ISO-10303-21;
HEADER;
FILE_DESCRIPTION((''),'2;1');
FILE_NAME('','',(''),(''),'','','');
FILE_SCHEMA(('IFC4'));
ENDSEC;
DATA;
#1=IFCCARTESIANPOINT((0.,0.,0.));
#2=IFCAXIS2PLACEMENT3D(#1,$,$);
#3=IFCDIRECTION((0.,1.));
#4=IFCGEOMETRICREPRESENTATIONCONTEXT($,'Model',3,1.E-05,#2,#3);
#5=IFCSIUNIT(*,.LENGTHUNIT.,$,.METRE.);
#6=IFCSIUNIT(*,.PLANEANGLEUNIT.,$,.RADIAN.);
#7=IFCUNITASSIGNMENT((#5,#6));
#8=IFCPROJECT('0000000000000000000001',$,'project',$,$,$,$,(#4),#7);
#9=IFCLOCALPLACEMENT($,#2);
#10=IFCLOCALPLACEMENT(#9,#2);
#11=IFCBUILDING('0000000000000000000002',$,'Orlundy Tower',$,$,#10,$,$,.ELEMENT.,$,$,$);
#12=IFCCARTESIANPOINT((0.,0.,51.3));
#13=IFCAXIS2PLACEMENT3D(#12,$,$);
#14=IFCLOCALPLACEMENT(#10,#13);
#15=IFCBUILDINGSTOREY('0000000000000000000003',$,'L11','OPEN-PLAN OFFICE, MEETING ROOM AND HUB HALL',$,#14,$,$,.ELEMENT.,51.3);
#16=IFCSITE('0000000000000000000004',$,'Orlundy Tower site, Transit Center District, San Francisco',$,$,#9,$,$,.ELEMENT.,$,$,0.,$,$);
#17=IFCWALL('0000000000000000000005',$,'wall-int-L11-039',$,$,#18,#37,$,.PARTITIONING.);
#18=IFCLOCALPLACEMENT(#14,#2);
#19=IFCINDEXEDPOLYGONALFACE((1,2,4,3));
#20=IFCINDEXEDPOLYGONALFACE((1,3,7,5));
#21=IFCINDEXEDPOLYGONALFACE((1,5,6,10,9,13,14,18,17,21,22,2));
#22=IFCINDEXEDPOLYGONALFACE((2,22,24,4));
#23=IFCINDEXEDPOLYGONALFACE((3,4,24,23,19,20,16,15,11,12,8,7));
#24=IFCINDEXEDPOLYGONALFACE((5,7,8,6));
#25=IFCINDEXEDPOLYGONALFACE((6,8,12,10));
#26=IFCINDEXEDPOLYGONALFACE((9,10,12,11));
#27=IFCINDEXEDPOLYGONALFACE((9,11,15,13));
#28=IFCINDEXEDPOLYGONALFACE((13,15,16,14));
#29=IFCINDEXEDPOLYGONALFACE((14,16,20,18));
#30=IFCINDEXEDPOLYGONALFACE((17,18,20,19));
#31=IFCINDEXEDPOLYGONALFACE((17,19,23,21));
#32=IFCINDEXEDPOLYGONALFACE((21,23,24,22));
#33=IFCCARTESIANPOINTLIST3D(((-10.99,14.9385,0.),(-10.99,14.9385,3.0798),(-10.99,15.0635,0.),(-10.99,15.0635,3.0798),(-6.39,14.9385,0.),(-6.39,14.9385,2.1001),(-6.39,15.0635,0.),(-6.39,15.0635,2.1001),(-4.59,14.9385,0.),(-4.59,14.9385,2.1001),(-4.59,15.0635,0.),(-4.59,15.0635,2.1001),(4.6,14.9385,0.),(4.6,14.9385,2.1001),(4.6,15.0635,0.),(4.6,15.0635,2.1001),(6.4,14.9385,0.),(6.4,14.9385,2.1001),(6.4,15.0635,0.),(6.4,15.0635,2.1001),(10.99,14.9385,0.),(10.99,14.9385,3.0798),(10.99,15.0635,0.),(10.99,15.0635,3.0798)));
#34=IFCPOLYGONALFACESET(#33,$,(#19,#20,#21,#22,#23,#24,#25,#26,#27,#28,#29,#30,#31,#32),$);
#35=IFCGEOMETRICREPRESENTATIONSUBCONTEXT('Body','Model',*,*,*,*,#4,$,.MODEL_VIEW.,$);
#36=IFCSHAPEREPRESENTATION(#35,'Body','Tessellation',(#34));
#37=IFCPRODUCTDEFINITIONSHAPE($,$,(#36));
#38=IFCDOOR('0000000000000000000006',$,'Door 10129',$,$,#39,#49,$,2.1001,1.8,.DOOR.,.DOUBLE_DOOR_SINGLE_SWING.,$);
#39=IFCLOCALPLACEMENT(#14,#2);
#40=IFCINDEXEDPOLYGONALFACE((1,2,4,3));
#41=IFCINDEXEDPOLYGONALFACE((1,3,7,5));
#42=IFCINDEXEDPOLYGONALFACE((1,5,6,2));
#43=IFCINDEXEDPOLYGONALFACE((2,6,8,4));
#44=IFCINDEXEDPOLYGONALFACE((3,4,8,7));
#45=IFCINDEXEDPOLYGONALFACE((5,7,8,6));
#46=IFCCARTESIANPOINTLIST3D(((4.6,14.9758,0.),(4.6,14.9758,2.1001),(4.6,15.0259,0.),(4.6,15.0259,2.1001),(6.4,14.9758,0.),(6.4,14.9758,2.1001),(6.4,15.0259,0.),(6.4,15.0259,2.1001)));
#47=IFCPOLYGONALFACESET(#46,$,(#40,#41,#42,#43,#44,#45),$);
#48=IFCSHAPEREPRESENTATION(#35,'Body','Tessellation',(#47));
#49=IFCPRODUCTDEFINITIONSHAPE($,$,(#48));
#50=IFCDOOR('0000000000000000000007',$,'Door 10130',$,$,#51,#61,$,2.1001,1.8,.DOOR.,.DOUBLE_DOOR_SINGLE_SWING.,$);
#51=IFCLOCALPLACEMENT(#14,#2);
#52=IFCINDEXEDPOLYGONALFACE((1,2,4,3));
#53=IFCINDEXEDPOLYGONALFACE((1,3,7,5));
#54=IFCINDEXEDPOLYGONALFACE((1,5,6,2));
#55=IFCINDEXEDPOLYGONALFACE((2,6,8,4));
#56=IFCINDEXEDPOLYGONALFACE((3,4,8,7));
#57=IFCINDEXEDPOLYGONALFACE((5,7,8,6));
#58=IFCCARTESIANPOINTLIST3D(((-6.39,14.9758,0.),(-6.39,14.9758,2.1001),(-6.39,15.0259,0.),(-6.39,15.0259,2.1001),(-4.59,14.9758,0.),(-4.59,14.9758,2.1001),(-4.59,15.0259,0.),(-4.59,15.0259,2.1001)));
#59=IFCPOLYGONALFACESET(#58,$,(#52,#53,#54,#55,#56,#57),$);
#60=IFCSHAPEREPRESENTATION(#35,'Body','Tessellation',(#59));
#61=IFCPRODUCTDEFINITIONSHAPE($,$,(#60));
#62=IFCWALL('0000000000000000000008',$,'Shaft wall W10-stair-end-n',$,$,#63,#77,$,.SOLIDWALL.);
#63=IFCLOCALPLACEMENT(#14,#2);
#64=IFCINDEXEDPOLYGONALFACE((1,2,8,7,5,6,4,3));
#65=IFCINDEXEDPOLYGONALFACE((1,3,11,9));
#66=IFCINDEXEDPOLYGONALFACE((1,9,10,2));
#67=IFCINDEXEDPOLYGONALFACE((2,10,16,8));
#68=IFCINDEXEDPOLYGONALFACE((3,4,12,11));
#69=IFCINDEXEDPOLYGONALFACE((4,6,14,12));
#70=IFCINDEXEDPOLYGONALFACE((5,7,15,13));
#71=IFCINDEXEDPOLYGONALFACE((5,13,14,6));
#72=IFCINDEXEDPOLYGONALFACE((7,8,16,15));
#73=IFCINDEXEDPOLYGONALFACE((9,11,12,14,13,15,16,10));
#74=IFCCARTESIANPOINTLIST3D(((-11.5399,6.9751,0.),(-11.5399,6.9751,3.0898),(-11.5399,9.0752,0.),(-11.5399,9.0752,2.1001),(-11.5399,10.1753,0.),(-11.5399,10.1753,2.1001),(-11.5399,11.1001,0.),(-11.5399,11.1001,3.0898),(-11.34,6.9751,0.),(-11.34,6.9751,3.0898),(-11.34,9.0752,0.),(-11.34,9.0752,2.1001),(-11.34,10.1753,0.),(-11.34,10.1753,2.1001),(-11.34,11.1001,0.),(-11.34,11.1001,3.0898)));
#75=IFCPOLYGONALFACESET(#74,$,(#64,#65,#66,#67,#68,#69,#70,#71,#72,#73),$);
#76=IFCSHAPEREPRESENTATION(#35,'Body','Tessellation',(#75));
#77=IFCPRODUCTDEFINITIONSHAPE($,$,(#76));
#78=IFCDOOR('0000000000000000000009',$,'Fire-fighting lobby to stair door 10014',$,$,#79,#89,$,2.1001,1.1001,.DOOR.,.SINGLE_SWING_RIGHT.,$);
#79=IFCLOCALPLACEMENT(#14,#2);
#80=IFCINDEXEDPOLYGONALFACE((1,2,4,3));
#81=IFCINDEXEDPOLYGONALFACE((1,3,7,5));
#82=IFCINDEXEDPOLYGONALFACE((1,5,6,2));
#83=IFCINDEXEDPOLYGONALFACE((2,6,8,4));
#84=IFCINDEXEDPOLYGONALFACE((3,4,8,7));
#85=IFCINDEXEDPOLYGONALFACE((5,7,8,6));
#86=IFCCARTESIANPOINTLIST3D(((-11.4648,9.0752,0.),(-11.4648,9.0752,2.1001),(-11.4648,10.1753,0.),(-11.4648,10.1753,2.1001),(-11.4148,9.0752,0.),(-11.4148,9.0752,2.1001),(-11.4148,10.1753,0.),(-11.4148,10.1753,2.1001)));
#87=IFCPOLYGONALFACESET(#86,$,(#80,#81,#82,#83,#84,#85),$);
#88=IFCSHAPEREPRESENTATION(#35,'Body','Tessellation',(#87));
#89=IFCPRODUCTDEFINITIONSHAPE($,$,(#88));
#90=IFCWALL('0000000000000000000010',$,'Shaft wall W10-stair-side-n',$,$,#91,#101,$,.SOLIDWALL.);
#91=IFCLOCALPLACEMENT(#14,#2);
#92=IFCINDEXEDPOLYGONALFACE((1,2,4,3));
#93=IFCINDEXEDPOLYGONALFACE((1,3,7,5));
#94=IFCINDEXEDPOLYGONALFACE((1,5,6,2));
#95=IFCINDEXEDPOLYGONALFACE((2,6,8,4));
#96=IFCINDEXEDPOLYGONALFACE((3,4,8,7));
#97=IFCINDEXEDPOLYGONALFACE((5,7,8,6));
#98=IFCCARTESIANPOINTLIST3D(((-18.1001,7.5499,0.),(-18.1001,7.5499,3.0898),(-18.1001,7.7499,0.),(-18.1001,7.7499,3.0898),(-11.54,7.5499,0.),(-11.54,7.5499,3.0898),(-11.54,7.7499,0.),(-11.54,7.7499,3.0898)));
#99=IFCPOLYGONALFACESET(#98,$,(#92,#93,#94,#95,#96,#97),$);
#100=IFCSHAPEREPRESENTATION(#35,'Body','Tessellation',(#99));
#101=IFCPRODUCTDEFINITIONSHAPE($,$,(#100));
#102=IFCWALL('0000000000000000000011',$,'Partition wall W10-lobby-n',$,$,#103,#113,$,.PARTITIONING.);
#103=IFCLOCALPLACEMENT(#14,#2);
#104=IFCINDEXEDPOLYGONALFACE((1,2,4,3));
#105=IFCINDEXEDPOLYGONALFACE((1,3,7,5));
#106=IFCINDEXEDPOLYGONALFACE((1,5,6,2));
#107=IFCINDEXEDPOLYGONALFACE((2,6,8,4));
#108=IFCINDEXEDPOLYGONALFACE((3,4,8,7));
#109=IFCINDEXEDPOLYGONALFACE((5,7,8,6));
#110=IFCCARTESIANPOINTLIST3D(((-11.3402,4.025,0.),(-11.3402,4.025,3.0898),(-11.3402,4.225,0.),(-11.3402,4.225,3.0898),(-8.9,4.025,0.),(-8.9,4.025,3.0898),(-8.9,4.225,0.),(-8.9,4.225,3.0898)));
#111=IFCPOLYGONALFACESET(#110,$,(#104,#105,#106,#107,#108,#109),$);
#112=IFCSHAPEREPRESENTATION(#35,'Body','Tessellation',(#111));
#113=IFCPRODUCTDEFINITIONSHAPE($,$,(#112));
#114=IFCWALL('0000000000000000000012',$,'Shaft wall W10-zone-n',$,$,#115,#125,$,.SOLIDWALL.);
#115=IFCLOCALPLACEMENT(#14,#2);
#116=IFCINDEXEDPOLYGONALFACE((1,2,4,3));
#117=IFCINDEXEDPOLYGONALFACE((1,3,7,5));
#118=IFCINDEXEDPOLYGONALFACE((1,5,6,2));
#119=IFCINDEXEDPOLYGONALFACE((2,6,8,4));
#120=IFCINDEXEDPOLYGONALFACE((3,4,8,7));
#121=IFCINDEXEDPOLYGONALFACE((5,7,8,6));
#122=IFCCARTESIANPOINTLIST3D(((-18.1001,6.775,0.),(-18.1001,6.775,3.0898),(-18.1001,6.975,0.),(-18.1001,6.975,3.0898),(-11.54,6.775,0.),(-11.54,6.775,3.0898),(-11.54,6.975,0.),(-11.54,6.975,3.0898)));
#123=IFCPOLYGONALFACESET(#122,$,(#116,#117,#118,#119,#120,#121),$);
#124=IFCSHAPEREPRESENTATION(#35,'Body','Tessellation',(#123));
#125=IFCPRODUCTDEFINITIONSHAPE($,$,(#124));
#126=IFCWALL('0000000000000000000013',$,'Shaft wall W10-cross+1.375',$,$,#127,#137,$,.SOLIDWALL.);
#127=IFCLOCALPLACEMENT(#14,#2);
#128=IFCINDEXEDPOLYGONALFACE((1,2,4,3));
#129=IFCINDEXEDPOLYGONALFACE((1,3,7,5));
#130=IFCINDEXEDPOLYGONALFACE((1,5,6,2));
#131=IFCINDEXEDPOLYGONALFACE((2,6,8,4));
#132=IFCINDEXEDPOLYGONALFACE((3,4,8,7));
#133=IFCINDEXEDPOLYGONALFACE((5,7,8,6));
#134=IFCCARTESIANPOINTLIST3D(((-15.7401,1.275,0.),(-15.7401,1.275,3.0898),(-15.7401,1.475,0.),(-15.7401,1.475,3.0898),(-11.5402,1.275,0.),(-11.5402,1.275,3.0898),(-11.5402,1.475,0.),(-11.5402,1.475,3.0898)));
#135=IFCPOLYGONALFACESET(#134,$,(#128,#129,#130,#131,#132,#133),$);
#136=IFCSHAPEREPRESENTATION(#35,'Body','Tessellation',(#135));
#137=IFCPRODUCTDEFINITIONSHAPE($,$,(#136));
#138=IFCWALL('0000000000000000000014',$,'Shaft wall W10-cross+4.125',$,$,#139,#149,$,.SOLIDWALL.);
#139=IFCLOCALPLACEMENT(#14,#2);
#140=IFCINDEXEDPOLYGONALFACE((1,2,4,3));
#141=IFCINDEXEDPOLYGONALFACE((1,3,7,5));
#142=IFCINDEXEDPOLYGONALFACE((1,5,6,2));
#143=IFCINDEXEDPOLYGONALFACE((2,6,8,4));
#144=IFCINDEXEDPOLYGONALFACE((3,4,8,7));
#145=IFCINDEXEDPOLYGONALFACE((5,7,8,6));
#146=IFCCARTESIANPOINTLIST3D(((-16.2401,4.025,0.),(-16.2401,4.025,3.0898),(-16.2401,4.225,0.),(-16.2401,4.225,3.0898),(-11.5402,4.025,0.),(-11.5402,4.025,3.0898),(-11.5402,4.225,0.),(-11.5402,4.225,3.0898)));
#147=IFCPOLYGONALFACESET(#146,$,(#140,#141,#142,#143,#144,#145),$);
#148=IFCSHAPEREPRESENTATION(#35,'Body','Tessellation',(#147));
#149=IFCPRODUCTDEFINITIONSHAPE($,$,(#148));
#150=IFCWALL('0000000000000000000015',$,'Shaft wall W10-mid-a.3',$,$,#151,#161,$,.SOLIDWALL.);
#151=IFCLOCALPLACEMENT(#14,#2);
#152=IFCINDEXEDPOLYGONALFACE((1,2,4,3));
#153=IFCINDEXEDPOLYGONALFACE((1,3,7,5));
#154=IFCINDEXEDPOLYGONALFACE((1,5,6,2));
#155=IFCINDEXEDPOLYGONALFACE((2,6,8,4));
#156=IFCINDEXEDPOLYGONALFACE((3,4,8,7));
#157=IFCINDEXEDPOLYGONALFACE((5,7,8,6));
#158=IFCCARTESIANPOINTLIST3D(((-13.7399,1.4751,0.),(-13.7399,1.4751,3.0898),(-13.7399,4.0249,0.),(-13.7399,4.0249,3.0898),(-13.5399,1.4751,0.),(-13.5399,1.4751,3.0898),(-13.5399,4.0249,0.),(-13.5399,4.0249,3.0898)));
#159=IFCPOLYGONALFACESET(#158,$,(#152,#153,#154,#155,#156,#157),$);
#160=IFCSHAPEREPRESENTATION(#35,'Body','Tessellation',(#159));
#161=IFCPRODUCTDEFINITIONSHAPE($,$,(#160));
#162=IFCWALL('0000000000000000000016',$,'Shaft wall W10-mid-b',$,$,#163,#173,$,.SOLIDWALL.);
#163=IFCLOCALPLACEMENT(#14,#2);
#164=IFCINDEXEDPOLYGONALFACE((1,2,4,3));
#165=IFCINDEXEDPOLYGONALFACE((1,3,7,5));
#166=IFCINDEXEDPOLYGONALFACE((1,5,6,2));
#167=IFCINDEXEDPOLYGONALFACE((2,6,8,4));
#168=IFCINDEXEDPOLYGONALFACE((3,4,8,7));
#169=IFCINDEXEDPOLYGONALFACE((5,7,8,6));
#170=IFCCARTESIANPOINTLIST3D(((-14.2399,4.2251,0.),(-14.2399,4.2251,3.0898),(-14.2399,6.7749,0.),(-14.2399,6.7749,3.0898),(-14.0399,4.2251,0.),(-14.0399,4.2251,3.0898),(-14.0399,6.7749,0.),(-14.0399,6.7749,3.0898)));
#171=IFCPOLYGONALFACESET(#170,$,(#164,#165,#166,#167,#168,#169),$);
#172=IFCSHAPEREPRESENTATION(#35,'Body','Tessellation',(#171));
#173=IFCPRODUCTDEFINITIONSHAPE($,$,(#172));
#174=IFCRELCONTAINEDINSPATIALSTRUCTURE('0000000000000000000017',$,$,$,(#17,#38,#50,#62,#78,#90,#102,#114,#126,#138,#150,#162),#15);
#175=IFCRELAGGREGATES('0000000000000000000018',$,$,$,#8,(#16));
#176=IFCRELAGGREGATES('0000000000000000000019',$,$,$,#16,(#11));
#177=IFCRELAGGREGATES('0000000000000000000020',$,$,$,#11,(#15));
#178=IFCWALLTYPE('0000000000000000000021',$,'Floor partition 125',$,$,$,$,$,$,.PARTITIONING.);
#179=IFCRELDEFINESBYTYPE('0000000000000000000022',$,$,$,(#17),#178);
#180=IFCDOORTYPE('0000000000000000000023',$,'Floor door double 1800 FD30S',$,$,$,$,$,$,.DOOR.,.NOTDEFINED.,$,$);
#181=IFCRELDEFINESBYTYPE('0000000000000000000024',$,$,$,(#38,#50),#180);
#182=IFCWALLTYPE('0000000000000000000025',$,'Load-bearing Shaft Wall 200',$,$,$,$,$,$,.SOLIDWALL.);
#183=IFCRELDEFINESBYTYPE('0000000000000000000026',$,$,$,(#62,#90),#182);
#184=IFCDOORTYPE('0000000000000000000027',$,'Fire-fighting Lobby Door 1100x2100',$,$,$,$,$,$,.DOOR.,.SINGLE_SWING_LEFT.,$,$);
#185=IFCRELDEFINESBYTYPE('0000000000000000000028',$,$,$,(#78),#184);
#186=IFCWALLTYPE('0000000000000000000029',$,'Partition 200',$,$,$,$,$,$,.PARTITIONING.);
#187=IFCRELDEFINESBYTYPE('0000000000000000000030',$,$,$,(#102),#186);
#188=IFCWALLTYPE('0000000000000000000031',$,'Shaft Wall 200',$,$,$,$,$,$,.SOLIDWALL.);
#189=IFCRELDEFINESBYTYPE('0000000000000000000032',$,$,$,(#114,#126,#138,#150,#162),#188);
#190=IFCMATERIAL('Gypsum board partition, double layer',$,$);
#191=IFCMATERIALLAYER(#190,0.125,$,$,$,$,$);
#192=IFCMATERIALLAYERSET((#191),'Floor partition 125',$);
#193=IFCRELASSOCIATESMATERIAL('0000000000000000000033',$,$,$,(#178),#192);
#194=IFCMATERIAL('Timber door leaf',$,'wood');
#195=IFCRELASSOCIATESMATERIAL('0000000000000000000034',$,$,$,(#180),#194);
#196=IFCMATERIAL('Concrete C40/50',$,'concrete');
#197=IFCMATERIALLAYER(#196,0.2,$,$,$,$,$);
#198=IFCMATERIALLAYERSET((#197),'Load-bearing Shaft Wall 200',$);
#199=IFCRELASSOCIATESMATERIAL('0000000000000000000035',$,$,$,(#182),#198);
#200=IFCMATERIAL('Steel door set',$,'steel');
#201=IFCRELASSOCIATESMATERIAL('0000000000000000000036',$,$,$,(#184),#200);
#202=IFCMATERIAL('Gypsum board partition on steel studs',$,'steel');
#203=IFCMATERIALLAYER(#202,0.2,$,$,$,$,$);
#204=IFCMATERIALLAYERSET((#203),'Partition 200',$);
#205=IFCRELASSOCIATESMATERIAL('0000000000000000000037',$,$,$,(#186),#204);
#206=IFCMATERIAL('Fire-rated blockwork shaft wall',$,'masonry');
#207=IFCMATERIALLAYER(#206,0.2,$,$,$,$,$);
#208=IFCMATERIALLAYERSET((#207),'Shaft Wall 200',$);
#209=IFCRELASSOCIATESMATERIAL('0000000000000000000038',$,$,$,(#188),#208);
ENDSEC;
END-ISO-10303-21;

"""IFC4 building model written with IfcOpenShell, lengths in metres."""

from ifc_helpers import new_model, si_unit, direction, frame, frame_2d, origin, place, context, subcontext, project, spatial, rectangle, extrude, material, layer, layer_set, type_object, element, fill, save


model = new_model("IFC4")

# Units and contexts
model_context = context("Model", 3, precision=1e-05, world=origin(), true_north=direction((0.0, 1.0)))
body_context = subcontext(model_context, "Body", "Model", "MODEL_VIEW")
ifc_project = project(units=[si_unit("LENGTHUNIT", "METRE"), si_unit("PLANEANGLEUNIT", "RADIAN")], contexts=[model_context])

# Site, building, storey
site_placement = place(None, origin())
site = spatial("IfcSite", under=ifc_project, at=site_placement, Name="Orlundy Tower site, Transit Center District, San Francisco", CompositionType="ELEMENT", RefElevation=0.0)
building_placement = place(site_placement, origin())
building = spatial("IfcBuilding", under=site, at=building_placement, Name="Orlundy Tower", CompositionType="ELEMENT")
storey_placement = place(building_placement, frame((0.0, 0.0, 51.3)))
storey = spatial("IfcBuildingStorey", under=building, at=storey_placement, Name="L11", Description="OPEN-PLAN OFFICE, MEETING ROOM AND HUB HALL", CompositionType="ELEMENT", Elevation=51.3)

# Wall, openings, doors
ifc_material_1 = material(Name="Gypsum board partition, double layer")
ifc_layer_1 = layer(ifc_material_1, 0.125)
ifc_layer_set_1 = layer_set([ifc_layer_1], Name="Floor partition 125")
wall_type_1 = type_object("IfcWallType", Name="Floor partition 125", PredefinedType="PARTITIONING", material=ifc_layer_set_1)
wall_1_placement = place(storey_placement, frame((-10.99, 15.001, 0.0), z_axis=(0.0, 0.0, 1.0), x_axis=(1.0, 0.0, 0.0)))
wall_1 = element("IfcWall", 1, at=wall_1_placement, inside=storey, type_object=wall_type_1, Name="wall-int-L11-039", PredefinedType="PARTITIONING", context=body_context, shape_type="SweptSolid", body=[
    extrude(rectangle(XDim=21.98, YDim=0.125, at=frame_2d((10.99, 0.0))), origin(), (0.0, 0.0, 1.0), 3.0798),
])
opening_1_placement = place(wall_1_placement, frame((15.5901, 0.0, 0.0)))
opening_1 = element("IfcOpeningElement", 2, at=opening_1_placement, cuts=wall_1, PredefinedType="OPENING", context=body_context, shape_type="SweptSolid", body=[
    extrude(rectangle(XDim=1.8, YDim=2.1001, at=frame_2d((0.8999, 1.05))), frame((0.0, 0.0725, 0.0), z_axis=(0.0, -1.0, 0.0), x_axis=(1.0, 0.0, 0.0)), (0.0, 0.0, 1.0), 0.145),
])
opening_2_placement = place(wall_1_placement, frame((4.6001, 0.0, 0.0)))
opening_2 = element("IfcOpeningElement", 3, at=opening_2_placement, cuts=wall_1, PredefinedType="OPENING", context=body_context, shape_type="SweptSolid", body=[
    extrude(rectangle(XDim=1.8, YDim=2.1001, at=frame_2d((0.8999, 1.05))), frame((0.0, 0.0725, 0.0), z_axis=(0.0, -1.0, 0.0), x_axis=(1.0, 0.0, 0.0)), (0.0, 0.0, 1.0), 0.145),
])
ifc_material_2 = material(Name="Timber door leaf", Category="wood")
door_type_1 = type_object("IfcDoorType", Name="Floor door double 1800 FD30S", OperationType="NOTDEFINED", PredefinedType="DOOR", material=ifc_material_2)
door_1_placement = place(opening_1_placement, origin())
door_1 = element("IfcDoor", 4, at=door_1_placement, inside=storey, type_object=door_type_1, Name="Door 10129", OperationType="DOUBLE_DOOR_SINGLE_SWING", OverallHeight=2.1001, OverallWidth=1.8, PredefinedType="DOOR", context=body_context, shape_type="SweptSolid", body=[
    extrude(rectangle(XDim=1.8, YDim=2.1001, at=frame_2d((0.8999, 1.05))), frame((0.0, 0.0249, 0.0), z_axis=(0.0, -1.0, 0.0), x_axis=(1.0, 0.0, 0.0)), (0.0, 0.0, 1.0), 0.05),
])
fill(opening_1, door_1)
door_2_placement = place(opening_2_placement, origin())
door_2 = element("IfcDoor", 5, at=door_2_placement, inside=storey, type_object=door_type_1, Name="Door 10130", OperationType="DOUBLE_DOOR_SINGLE_SWING", OverallHeight=2.1001, OverallWidth=1.8, PredefinedType="DOOR", context=body_context, shape_type="SweptSolid", body=[
    extrude(rectangle(XDim=1.8, YDim=2.1001, at=frame_2d((0.8999, 1.05))), frame((0.0, 0.0249, 0.0), z_axis=(0.0, -1.0, 0.0), x_axis=(1.0, 0.0, 0.0)), (0.0, 0.0, 1.0), 0.05),
])
fill(opening_2, door_2)

# Wall, opening, door
ifc_material_3 = material(Name="Concrete C40/50", Category="concrete")
ifc_layer_2 = layer(ifc_material_3, 0.2)
ifc_layer_set_2 = layer_set([ifc_layer_2], Name="Load-bearing Shaft Wall 200")
wall_type_2 = type_object("IfcWallType", Name="Load-bearing Shaft Wall 200", PredefinedType="SOLIDWALL", material=ifc_layer_set_2)
wall_2_placement = place(storey_placement, frame((-11.4399, 6.9751, 0.0), z_axis=(0.0, 0.0, 1.0), x_axis=(0.0, 1.0, 0.0)))
wall_2 = element("IfcWall", 6, at=wall_2_placement, inside=storey, type_object=wall_type_2, Name="Shaft wall W10-stair-end-n", PredefinedType="SOLIDWALL", context=body_context, shape_type="SweptSolid", body=[
    extrude(rectangle(XDim=4.125, YDim=0.2, at=frame_2d((2.0625, 0.0))), origin(), (0.0, 0.0, 1.0), 3.0898),
])
opening_3_placement = place(wall_2_placement, frame((2.1001, 0.0, 0.0)))
opening_3 = element("IfcOpeningElement", 7, at=opening_3_placement, cuts=wall_2, PredefinedType="OPENING", context=body_context, shape_type="SweptSolid", body=[
    extrude(rectangle(XDim=1.1001, YDim=2.1001, at=frame_2d((0.55, 1.05))), frame((0.0, 0.1101, 0.0), z_axis=(0.0, -1.0, 0.0), x_axis=(1.0, 0.0, 0.0)), (0.0, 0.0, 1.0), 0.2202),
])
ifc_material_4 = material(Name="Steel door set", Category="steel")
door_type_2 = type_object("IfcDoorType", Name="Fire-fighting Lobby Door 1100x2100", OperationType="SINGLE_SWING_LEFT", PredefinedType="DOOR", material=ifc_material_4)
door_3_placement = place(opening_3_placement, origin())
door_3 = element("IfcDoor", 8, at=door_3_placement, inside=storey, type_object=door_type_2, Name="Fire-fighting lobby to stair door 10014", OperationType="SINGLE_SWING_RIGHT", OverallHeight=2.1001, OverallWidth=1.1001, PredefinedType="DOOR", context=body_context, shape_type="SweptSolid", body=[
    extrude(rectangle(XDim=1.1001, YDim=2.1001, at=frame_2d((0.55, 1.05))), frame((0.0, 0.0249, 0.0), z_axis=(0.0, -1.0, 0.0), x_axis=(1.0, 0.0, 0.0)), (0.0, 0.0, 1.0), 0.05),
])
fill(opening_3, door_3)

# Walls
wall_3_placement = place(storey_placement, frame((-11.54, 7.6499, 0.0), z_axis=(0.0, 0.0, 1.0), x_axis=(-1.0, 0.0, 0.0)))
element("IfcWall", 9, at=wall_3_placement, inside=storey, type_object=wall_type_2, Name="Shaft wall W10-stair-side-n", PredefinedType="SOLIDWALL", context=body_context, shape_type="SweptSolid", body=[
    extrude(rectangle(XDim=6.5601, YDim=0.2, at=frame_2d((3.28, 0.0))), origin(), (0.0, 0.0, 1.0), 3.0898),
])
ifc_material_5 = material(Name="Gypsum board partition on steel studs", Category="steel")
ifc_layer_3 = layer(ifc_material_5, 0.2)
ifc_layer_set_3 = layer_set([ifc_layer_3], Name="Partition 200")
wall_type_3 = type_object("IfcWallType", Name="Partition 200", PredefinedType="PARTITIONING", material=ifc_layer_set_3)
wall_4_placement = place(storey_placement, frame((-8.8999, 4.125, 0.0), z_axis=(0.0, 0.0, 1.0), x_axis=(-1.0, 0.0, 0.0)))
element("IfcWall", 10, at=wall_4_placement, inside=storey, type_object=wall_type_3, Name="Partition wall W10-lobby-n", PredefinedType="PARTITIONING", context=body_context, shape_type="SweptSolid", body=[
    extrude(rectangle(XDim=2.4402, YDim=0.2, at=frame_2d((1.2202, 0.0))), origin(), (0.0, 0.0, 1.0), 3.0898),
])
ifc_material_6 = material(Name="Fire-rated blockwork shaft wall", Category="masonry")
ifc_layer_4 = layer(ifc_material_6, 0.2)
ifc_layer_set_4 = layer_set([ifc_layer_4], Name="Shaft Wall 200")
wall_type_4 = type_object("IfcWallType", Name="Shaft Wall 200", PredefinedType="SOLIDWALL", material=ifc_layer_set_4)
wall_5_placement = place(storey_placement, frame((-11.54, 6.875, 0.0), z_axis=(0.0, 0.0, 1.0), x_axis=(-1.0, 0.0, 0.0)))
element("IfcWall", 11, at=wall_5_placement, inside=storey, type_object=wall_type_4, Name="Shaft wall W10-zone-n", PredefinedType="SOLIDWALL", context=body_context, shape_type="SweptSolid", body=[
    extrude(rectangle(XDim=6.5601, YDim=0.2, at=frame_2d((3.28, 0.0))), origin(), (0.0, 0.0, 1.0), 3.0898),
])
wall_6_placement = place(storey_placement, frame((-11.54, 1.375, 0.0), z_axis=(0.0, 0.0, 1.0), x_axis=(-1.0, 0.0, 0.0)))
element("IfcWall", 12, at=wall_6_placement, inside=storey, type_object=wall_type_4, Name="Shaft wall W10-cross+1.375", PredefinedType="SOLIDWALL", context=body_context, shape_type="SweptSolid", body=[
    extrude(rectangle(XDim=4.2, YDim=0.2, at=frame_2d((2.1001, 0.0))), origin(), (0.0, 0.0, 1.0), 3.0898),
])
wall_7_placement = place(storey_placement, frame((-11.54, 4.125, 0.0), z_axis=(0.0, 0.0, 1.0), x_axis=(-1.0, 0.0, 0.0)))
element("IfcWall", 13, at=wall_7_placement, inside=storey, type_object=wall_type_4, Name="Shaft wall W10-cross+4.125", PredefinedType="SOLIDWALL", context=body_context, shape_type="SweptSolid", body=[
    extrude(rectangle(XDim=4.7, YDim=0.2, at=frame_2d((2.3501, 0.0))), origin(), (0.0, 0.0, 1.0), 3.0898),
])
for number, where, z_axis, x_axis, name in (
    (14, (-13.6399, 1.4751, 0.0), (0.0, 0.0, 1.0), (0.0, 1.0, 0.0), "Shaft wall W10-mid-a.3"),
    (15, (-14.1399, 4.2251, 0.0), (0.0, 0.0, 1.0), (0.0, 1.0, 0.0), "Shaft wall W10-mid-b"),
):
    element("IfcWall", number, at=place(storey_placement, frame(where, z_axis=z_axis, x_axis=x_axis)), inside=storey, type_object=wall_type_4, Name=name, PredefinedType="SOLIDWALL", context=body_context, shape_type="SweptSolid", body=[
        extrude(rectangle(XDim=2.5498, YDim=0.2, at=frame_2d((1.2749, 0.0))), origin(), (0.0, 0.0, 1.0), 3.0898),
    ])

save(model, "model.ifc")
